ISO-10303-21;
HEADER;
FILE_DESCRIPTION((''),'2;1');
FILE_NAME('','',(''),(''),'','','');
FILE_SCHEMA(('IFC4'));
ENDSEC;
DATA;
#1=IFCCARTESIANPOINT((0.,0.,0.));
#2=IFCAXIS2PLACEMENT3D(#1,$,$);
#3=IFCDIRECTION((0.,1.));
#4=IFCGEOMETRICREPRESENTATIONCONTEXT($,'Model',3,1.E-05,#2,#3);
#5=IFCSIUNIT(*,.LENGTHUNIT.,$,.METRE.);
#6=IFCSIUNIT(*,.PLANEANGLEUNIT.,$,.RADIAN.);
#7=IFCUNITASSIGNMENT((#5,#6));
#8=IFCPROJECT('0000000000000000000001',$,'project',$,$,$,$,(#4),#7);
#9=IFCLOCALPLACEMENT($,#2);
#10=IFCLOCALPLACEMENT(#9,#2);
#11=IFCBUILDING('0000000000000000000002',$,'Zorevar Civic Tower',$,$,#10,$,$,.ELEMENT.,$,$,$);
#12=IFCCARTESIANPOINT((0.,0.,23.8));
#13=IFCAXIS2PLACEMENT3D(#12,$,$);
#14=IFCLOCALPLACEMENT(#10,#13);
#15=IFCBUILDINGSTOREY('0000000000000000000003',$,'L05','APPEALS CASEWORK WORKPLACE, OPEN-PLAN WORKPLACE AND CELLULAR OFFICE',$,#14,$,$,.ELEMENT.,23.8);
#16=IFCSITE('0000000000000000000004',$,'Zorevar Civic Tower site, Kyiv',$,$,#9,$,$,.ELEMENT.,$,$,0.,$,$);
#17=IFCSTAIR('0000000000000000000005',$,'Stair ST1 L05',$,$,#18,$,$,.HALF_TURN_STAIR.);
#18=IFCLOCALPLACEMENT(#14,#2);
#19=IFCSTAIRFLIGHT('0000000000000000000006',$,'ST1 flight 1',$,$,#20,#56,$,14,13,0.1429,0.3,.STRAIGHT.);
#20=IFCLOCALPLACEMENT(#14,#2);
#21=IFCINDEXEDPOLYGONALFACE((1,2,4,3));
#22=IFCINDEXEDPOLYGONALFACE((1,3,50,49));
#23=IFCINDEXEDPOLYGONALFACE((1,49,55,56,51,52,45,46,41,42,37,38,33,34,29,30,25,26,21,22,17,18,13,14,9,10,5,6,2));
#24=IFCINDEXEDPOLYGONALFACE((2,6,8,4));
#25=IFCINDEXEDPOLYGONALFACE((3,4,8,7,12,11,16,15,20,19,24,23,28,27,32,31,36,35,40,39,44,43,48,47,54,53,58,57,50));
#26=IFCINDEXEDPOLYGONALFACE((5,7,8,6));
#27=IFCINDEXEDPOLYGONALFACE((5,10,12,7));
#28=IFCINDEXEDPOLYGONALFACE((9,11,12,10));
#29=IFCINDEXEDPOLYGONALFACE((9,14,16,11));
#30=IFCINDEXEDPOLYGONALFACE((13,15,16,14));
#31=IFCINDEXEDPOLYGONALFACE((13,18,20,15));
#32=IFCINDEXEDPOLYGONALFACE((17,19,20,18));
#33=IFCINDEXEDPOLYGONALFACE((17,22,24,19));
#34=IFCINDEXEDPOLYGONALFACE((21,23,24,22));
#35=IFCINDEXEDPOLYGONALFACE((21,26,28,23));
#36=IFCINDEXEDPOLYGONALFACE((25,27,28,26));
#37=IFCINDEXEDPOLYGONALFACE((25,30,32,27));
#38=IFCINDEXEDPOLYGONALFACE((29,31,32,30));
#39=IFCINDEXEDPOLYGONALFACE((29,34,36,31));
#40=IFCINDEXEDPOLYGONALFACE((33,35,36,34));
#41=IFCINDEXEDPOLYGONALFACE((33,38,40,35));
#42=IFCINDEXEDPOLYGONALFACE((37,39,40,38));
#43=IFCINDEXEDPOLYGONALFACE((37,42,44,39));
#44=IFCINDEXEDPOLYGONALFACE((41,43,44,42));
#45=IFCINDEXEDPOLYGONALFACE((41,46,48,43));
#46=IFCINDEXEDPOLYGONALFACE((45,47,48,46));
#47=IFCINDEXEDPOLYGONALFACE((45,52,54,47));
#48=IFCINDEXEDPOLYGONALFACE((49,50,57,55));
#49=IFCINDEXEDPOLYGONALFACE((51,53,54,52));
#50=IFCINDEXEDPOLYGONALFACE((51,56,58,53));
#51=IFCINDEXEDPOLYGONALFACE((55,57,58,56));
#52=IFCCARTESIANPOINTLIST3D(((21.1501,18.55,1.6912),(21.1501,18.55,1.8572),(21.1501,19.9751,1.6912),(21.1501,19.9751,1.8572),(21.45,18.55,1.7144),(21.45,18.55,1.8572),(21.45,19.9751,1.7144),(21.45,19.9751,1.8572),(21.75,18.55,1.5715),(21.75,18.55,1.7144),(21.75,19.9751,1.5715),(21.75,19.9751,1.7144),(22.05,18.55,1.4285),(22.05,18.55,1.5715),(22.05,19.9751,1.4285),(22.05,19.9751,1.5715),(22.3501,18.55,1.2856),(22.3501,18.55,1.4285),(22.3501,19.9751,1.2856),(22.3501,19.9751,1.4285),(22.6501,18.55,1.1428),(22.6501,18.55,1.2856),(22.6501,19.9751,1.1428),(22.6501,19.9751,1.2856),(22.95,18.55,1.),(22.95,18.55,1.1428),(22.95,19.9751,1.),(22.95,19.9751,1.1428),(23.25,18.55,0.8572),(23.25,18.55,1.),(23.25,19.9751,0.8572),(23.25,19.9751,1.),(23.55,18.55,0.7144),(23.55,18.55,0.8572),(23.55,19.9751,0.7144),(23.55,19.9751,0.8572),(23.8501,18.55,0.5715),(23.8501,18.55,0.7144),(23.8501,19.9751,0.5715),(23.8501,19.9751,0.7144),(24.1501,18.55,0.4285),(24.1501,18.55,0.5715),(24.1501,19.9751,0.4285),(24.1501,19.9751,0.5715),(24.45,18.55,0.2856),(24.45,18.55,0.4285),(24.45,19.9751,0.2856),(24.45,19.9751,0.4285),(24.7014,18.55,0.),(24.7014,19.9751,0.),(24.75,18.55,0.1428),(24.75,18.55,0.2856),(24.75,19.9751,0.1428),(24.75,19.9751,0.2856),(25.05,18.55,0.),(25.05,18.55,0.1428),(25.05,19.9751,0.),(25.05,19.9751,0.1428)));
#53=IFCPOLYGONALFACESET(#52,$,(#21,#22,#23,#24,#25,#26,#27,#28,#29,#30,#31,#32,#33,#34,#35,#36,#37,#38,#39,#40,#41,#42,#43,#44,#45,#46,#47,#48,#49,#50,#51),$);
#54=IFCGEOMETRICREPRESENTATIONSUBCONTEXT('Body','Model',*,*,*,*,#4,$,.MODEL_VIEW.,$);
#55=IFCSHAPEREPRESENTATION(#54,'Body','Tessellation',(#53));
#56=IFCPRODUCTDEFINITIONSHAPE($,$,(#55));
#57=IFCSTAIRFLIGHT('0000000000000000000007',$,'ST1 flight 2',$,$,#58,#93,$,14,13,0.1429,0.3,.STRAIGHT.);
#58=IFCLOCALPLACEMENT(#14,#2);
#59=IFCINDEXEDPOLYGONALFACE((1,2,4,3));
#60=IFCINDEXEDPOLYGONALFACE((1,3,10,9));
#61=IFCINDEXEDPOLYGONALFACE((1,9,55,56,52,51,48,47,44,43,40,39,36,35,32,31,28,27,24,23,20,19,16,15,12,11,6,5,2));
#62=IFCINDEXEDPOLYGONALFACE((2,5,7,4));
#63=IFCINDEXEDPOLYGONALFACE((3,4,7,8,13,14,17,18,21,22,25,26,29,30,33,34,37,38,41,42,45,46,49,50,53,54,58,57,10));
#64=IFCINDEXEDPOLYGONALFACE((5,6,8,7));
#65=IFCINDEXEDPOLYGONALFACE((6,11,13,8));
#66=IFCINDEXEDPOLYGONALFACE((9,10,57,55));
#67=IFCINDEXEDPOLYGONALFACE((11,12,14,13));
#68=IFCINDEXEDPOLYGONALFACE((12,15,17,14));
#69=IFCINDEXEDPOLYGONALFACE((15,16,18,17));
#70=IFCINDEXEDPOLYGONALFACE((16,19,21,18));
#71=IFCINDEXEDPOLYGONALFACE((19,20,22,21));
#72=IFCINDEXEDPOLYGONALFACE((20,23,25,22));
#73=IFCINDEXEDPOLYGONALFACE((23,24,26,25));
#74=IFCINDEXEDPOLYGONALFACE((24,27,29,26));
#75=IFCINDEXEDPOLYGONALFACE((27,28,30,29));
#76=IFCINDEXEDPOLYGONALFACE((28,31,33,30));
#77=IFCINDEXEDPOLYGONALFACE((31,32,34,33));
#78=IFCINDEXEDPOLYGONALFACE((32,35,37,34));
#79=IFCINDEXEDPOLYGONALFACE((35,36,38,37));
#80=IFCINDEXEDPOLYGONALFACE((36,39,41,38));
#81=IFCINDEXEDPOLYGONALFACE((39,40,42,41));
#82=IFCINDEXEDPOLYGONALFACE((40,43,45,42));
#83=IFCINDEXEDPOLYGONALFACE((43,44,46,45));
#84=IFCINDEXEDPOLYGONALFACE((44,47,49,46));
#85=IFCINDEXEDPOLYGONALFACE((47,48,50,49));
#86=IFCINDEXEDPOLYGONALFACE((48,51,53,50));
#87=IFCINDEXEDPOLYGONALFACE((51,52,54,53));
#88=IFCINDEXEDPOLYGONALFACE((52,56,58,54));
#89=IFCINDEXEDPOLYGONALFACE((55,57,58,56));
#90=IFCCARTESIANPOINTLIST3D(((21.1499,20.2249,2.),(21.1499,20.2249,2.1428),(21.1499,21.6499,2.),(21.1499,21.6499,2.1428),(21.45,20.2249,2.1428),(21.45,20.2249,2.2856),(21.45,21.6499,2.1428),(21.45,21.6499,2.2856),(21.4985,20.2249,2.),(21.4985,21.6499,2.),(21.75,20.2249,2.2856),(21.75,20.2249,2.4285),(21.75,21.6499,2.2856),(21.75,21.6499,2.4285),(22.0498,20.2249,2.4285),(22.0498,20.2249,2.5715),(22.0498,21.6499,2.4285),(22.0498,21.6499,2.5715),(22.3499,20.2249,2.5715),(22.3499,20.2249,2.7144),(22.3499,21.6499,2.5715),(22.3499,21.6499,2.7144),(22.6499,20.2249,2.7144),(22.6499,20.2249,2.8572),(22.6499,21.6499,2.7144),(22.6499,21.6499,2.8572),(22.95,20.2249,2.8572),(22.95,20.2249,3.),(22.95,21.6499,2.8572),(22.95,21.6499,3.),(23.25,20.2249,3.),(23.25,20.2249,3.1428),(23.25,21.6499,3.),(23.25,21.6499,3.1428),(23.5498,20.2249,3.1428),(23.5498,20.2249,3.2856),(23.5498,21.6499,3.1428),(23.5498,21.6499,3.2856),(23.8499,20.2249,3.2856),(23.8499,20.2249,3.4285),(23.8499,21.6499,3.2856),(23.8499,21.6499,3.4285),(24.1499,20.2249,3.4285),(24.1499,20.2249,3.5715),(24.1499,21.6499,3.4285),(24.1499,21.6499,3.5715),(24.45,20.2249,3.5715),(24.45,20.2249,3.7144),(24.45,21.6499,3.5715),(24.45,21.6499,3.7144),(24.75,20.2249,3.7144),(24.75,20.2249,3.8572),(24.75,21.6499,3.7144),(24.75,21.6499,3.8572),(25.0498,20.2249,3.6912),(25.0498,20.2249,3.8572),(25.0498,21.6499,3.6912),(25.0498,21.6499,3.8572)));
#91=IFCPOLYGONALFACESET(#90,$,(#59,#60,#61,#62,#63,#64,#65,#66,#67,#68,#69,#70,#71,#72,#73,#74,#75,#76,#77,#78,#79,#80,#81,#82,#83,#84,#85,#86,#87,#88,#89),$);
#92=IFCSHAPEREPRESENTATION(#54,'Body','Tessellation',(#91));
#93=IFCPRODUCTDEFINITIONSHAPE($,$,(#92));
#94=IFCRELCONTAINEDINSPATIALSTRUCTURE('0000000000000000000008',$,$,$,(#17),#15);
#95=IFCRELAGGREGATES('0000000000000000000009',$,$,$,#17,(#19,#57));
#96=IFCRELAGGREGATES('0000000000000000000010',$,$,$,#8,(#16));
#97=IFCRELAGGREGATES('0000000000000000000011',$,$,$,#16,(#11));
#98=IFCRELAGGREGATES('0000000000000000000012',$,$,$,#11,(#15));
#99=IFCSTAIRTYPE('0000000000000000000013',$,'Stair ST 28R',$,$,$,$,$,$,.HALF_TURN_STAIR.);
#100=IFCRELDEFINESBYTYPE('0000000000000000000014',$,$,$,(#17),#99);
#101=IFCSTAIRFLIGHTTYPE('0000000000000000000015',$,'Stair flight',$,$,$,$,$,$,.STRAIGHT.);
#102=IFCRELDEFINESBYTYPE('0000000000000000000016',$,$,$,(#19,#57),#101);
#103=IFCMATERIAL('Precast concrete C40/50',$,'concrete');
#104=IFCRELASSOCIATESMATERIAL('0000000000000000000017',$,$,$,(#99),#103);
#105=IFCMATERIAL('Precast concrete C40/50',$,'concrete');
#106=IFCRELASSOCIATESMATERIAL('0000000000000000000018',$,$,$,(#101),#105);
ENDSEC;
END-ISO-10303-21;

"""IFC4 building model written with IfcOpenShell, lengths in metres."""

from ifc_helpers import new_model, si_unit, direction, frame, origin, place, context, subcontext, project, spatial, polyline, outline, extrude, material, type_object, element, aggregate, save


model = new_model("IFC4")

# Units and contexts
model_context = context("Model", 3, precision=1e-05, world=origin(), true_north=direction((0.0, 1.0)))
body_context = subcontext(model_context, "Body", "Model", "MODEL_VIEW")
ifc_project = project(units=[si_unit("LENGTHUNIT", "METRE"), si_unit("PLANEANGLEUNIT", "RADIAN")], contexts=[model_context])

# Site, building, storey
site_placement = place(None, origin())
site = spatial("IfcSite", under=ifc_project, at=site_placement, Name="Zorevar Civic Tower site, Kyiv", CompositionType="ELEMENT", RefElevation=0.0)
building_placement = place(site_placement, origin())
building = spatial("IfcBuilding", under=site, at=building_placement, Name="Zorevar Civic Tower", CompositionType="ELEMENT")
storey_placement = place(building_placement, frame((0.0, 0.0, 23.8)))
storey = spatial("IfcBuildingStorey", under=building, at=storey_placement, Name="L05", Description="APPEALS CASEWORK WORKPLACE, OPEN-PLAN WORKPLACE AND CELLULAR OFFICE", CompositionType="ELEMENT", Elevation=23.8)

# Stair, stair flights
ifc_material_1 = material(Name="Precast concrete C40/50", Category="concrete")
stair_type = type_object("IfcStairType", Name="Stair ST 28R", PredefinedType="HALF_TURN_STAIR", material=ifc_material_1)
stair_placement = place(storey_placement, origin())
stair = element("IfcStair", 1, at=stair_placement, inside=storey, type_object=stair_type, Name="Stair ST1 L05", PredefinedType="HALF_TURN_STAIR")
ifc_material_2 = material(Name="Precast concrete C40/50", Category="concrete")
stair_flight_type = type_object("IfcStairFlightType", Name="Stair flight", PredefinedType="STRAIGHT", material=ifc_material_2)
stair_flight_1_placement = place(storey_placement, frame((25.05, 19.2625, 0.0), z_axis=(0.0, 0.0, 1.0), x_axis=(-1.0, 0.0, 0.0)))
stair_flight_1 = element("IfcStairFlight", 2, at=stair_flight_1_placement, type_object=stair_flight_type, Name="ST1 flight 1", NumberOfRisers=14, NumberOfTreads=13, PredefinedType="STRAIGHT", RiserHeight=0.1429, TreadLength=0.3, context=body_context, shape_type="SweptSolid", body=[
    extrude(outline(polyline([(0.0, 0.0), (0.0, 0.1428), (0.3, 0.1428), (0.3, 0.2856), (0.6001, 0.2856), (0.6001, 0.4285), (0.8999, 0.4285), (0.8999, 0.5715), (1.2, 0.5715), (1.2, 0.7144), (1.5, 0.7144), (1.5, 0.8572), (1.8, 0.8572), (1.8, 1.0), (2.1001, 1.0), (2.1001, 1.1428), (2.3999, 1.1428), (2.3999, 1.2856), (2.7, 1.2856), (2.7, 1.4285), (3.0, 1.4285), (3.0, 1.5715), (3.3, 1.5715), (3.3, 1.7144), (3.6001, 1.7144), (3.6001, 1.8572), (3.8999, 1.8572), (3.8999, 2.0), (3.8999, 1.6912), (0.3486, 0.0), (0.0, 0.0)])), frame((0.0, 0.7124, 0.0), z_axis=(0.0, -1.0, 0.0), x_axis=(1.0, 0.0, 0.0)), (0.0, 0.0, 1.0), 1.425),
])
stair_flight_2_placement = place(storey_placement, frame((21.1499, 20.9375, 2.0), z_axis=(0.0, 0.0, 1.0), x_axis=(1.0, 0.0, 0.0)))
stair_flight_2 = element("IfcStairFlight", 3, at=stair_flight_2_placement, type_object=stair_flight_type, Name="ST1 flight 2", NumberOfRisers=14, NumberOfTreads=13, PredefinedType="STRAIGHT", RiserHeight=0.1429, TreadLength=0.3, context=body_context, shape_type="SweptSolid", body=[
    extrude(outline(polyline([(0.0, 0.0), (0.0, 0.1428), (0.3, 0.1428), (0.3, 0.2856), (0.6001, 0.2856), (0.6001, 0.4285), (0.8999, 0.4285), (0.8999, 0.5715), (1.2, 0.5715), (1.2, 0.7144), (1.5, 0.7144), (1.5, 0.8572), (1.8, 0.8572), (1.8, 1.0), (2.1001, 1.0), (2.1001, 1.1428), (2.3999, 1.1428), (2.3999, 1.2856), (2.7, 1.2856), (2.7, 1.4285), (3.0, 1.4285), (3.0, 1.5715), (3.3, 1.5715), (3.3, 1.7144), (3.6001, 1.7144), (3.6001, 1.8572), (3.8999, 1.8572), (3.8999, 2.0), (3.8999, 1.6912), (0.3486, 0.0), (0.0, 0.0)])), frame((0.0, 0.7124, 0.0), z_axis=(0.0, -1.0, 0.0), x_axis=(1.0, 0.0, 0.0)), (0.0, 0.0, 1.0), 1.425),
])
aggregate(stair, [stair_flight_1, stair_flight_2])

save(model, "model.ifc")
